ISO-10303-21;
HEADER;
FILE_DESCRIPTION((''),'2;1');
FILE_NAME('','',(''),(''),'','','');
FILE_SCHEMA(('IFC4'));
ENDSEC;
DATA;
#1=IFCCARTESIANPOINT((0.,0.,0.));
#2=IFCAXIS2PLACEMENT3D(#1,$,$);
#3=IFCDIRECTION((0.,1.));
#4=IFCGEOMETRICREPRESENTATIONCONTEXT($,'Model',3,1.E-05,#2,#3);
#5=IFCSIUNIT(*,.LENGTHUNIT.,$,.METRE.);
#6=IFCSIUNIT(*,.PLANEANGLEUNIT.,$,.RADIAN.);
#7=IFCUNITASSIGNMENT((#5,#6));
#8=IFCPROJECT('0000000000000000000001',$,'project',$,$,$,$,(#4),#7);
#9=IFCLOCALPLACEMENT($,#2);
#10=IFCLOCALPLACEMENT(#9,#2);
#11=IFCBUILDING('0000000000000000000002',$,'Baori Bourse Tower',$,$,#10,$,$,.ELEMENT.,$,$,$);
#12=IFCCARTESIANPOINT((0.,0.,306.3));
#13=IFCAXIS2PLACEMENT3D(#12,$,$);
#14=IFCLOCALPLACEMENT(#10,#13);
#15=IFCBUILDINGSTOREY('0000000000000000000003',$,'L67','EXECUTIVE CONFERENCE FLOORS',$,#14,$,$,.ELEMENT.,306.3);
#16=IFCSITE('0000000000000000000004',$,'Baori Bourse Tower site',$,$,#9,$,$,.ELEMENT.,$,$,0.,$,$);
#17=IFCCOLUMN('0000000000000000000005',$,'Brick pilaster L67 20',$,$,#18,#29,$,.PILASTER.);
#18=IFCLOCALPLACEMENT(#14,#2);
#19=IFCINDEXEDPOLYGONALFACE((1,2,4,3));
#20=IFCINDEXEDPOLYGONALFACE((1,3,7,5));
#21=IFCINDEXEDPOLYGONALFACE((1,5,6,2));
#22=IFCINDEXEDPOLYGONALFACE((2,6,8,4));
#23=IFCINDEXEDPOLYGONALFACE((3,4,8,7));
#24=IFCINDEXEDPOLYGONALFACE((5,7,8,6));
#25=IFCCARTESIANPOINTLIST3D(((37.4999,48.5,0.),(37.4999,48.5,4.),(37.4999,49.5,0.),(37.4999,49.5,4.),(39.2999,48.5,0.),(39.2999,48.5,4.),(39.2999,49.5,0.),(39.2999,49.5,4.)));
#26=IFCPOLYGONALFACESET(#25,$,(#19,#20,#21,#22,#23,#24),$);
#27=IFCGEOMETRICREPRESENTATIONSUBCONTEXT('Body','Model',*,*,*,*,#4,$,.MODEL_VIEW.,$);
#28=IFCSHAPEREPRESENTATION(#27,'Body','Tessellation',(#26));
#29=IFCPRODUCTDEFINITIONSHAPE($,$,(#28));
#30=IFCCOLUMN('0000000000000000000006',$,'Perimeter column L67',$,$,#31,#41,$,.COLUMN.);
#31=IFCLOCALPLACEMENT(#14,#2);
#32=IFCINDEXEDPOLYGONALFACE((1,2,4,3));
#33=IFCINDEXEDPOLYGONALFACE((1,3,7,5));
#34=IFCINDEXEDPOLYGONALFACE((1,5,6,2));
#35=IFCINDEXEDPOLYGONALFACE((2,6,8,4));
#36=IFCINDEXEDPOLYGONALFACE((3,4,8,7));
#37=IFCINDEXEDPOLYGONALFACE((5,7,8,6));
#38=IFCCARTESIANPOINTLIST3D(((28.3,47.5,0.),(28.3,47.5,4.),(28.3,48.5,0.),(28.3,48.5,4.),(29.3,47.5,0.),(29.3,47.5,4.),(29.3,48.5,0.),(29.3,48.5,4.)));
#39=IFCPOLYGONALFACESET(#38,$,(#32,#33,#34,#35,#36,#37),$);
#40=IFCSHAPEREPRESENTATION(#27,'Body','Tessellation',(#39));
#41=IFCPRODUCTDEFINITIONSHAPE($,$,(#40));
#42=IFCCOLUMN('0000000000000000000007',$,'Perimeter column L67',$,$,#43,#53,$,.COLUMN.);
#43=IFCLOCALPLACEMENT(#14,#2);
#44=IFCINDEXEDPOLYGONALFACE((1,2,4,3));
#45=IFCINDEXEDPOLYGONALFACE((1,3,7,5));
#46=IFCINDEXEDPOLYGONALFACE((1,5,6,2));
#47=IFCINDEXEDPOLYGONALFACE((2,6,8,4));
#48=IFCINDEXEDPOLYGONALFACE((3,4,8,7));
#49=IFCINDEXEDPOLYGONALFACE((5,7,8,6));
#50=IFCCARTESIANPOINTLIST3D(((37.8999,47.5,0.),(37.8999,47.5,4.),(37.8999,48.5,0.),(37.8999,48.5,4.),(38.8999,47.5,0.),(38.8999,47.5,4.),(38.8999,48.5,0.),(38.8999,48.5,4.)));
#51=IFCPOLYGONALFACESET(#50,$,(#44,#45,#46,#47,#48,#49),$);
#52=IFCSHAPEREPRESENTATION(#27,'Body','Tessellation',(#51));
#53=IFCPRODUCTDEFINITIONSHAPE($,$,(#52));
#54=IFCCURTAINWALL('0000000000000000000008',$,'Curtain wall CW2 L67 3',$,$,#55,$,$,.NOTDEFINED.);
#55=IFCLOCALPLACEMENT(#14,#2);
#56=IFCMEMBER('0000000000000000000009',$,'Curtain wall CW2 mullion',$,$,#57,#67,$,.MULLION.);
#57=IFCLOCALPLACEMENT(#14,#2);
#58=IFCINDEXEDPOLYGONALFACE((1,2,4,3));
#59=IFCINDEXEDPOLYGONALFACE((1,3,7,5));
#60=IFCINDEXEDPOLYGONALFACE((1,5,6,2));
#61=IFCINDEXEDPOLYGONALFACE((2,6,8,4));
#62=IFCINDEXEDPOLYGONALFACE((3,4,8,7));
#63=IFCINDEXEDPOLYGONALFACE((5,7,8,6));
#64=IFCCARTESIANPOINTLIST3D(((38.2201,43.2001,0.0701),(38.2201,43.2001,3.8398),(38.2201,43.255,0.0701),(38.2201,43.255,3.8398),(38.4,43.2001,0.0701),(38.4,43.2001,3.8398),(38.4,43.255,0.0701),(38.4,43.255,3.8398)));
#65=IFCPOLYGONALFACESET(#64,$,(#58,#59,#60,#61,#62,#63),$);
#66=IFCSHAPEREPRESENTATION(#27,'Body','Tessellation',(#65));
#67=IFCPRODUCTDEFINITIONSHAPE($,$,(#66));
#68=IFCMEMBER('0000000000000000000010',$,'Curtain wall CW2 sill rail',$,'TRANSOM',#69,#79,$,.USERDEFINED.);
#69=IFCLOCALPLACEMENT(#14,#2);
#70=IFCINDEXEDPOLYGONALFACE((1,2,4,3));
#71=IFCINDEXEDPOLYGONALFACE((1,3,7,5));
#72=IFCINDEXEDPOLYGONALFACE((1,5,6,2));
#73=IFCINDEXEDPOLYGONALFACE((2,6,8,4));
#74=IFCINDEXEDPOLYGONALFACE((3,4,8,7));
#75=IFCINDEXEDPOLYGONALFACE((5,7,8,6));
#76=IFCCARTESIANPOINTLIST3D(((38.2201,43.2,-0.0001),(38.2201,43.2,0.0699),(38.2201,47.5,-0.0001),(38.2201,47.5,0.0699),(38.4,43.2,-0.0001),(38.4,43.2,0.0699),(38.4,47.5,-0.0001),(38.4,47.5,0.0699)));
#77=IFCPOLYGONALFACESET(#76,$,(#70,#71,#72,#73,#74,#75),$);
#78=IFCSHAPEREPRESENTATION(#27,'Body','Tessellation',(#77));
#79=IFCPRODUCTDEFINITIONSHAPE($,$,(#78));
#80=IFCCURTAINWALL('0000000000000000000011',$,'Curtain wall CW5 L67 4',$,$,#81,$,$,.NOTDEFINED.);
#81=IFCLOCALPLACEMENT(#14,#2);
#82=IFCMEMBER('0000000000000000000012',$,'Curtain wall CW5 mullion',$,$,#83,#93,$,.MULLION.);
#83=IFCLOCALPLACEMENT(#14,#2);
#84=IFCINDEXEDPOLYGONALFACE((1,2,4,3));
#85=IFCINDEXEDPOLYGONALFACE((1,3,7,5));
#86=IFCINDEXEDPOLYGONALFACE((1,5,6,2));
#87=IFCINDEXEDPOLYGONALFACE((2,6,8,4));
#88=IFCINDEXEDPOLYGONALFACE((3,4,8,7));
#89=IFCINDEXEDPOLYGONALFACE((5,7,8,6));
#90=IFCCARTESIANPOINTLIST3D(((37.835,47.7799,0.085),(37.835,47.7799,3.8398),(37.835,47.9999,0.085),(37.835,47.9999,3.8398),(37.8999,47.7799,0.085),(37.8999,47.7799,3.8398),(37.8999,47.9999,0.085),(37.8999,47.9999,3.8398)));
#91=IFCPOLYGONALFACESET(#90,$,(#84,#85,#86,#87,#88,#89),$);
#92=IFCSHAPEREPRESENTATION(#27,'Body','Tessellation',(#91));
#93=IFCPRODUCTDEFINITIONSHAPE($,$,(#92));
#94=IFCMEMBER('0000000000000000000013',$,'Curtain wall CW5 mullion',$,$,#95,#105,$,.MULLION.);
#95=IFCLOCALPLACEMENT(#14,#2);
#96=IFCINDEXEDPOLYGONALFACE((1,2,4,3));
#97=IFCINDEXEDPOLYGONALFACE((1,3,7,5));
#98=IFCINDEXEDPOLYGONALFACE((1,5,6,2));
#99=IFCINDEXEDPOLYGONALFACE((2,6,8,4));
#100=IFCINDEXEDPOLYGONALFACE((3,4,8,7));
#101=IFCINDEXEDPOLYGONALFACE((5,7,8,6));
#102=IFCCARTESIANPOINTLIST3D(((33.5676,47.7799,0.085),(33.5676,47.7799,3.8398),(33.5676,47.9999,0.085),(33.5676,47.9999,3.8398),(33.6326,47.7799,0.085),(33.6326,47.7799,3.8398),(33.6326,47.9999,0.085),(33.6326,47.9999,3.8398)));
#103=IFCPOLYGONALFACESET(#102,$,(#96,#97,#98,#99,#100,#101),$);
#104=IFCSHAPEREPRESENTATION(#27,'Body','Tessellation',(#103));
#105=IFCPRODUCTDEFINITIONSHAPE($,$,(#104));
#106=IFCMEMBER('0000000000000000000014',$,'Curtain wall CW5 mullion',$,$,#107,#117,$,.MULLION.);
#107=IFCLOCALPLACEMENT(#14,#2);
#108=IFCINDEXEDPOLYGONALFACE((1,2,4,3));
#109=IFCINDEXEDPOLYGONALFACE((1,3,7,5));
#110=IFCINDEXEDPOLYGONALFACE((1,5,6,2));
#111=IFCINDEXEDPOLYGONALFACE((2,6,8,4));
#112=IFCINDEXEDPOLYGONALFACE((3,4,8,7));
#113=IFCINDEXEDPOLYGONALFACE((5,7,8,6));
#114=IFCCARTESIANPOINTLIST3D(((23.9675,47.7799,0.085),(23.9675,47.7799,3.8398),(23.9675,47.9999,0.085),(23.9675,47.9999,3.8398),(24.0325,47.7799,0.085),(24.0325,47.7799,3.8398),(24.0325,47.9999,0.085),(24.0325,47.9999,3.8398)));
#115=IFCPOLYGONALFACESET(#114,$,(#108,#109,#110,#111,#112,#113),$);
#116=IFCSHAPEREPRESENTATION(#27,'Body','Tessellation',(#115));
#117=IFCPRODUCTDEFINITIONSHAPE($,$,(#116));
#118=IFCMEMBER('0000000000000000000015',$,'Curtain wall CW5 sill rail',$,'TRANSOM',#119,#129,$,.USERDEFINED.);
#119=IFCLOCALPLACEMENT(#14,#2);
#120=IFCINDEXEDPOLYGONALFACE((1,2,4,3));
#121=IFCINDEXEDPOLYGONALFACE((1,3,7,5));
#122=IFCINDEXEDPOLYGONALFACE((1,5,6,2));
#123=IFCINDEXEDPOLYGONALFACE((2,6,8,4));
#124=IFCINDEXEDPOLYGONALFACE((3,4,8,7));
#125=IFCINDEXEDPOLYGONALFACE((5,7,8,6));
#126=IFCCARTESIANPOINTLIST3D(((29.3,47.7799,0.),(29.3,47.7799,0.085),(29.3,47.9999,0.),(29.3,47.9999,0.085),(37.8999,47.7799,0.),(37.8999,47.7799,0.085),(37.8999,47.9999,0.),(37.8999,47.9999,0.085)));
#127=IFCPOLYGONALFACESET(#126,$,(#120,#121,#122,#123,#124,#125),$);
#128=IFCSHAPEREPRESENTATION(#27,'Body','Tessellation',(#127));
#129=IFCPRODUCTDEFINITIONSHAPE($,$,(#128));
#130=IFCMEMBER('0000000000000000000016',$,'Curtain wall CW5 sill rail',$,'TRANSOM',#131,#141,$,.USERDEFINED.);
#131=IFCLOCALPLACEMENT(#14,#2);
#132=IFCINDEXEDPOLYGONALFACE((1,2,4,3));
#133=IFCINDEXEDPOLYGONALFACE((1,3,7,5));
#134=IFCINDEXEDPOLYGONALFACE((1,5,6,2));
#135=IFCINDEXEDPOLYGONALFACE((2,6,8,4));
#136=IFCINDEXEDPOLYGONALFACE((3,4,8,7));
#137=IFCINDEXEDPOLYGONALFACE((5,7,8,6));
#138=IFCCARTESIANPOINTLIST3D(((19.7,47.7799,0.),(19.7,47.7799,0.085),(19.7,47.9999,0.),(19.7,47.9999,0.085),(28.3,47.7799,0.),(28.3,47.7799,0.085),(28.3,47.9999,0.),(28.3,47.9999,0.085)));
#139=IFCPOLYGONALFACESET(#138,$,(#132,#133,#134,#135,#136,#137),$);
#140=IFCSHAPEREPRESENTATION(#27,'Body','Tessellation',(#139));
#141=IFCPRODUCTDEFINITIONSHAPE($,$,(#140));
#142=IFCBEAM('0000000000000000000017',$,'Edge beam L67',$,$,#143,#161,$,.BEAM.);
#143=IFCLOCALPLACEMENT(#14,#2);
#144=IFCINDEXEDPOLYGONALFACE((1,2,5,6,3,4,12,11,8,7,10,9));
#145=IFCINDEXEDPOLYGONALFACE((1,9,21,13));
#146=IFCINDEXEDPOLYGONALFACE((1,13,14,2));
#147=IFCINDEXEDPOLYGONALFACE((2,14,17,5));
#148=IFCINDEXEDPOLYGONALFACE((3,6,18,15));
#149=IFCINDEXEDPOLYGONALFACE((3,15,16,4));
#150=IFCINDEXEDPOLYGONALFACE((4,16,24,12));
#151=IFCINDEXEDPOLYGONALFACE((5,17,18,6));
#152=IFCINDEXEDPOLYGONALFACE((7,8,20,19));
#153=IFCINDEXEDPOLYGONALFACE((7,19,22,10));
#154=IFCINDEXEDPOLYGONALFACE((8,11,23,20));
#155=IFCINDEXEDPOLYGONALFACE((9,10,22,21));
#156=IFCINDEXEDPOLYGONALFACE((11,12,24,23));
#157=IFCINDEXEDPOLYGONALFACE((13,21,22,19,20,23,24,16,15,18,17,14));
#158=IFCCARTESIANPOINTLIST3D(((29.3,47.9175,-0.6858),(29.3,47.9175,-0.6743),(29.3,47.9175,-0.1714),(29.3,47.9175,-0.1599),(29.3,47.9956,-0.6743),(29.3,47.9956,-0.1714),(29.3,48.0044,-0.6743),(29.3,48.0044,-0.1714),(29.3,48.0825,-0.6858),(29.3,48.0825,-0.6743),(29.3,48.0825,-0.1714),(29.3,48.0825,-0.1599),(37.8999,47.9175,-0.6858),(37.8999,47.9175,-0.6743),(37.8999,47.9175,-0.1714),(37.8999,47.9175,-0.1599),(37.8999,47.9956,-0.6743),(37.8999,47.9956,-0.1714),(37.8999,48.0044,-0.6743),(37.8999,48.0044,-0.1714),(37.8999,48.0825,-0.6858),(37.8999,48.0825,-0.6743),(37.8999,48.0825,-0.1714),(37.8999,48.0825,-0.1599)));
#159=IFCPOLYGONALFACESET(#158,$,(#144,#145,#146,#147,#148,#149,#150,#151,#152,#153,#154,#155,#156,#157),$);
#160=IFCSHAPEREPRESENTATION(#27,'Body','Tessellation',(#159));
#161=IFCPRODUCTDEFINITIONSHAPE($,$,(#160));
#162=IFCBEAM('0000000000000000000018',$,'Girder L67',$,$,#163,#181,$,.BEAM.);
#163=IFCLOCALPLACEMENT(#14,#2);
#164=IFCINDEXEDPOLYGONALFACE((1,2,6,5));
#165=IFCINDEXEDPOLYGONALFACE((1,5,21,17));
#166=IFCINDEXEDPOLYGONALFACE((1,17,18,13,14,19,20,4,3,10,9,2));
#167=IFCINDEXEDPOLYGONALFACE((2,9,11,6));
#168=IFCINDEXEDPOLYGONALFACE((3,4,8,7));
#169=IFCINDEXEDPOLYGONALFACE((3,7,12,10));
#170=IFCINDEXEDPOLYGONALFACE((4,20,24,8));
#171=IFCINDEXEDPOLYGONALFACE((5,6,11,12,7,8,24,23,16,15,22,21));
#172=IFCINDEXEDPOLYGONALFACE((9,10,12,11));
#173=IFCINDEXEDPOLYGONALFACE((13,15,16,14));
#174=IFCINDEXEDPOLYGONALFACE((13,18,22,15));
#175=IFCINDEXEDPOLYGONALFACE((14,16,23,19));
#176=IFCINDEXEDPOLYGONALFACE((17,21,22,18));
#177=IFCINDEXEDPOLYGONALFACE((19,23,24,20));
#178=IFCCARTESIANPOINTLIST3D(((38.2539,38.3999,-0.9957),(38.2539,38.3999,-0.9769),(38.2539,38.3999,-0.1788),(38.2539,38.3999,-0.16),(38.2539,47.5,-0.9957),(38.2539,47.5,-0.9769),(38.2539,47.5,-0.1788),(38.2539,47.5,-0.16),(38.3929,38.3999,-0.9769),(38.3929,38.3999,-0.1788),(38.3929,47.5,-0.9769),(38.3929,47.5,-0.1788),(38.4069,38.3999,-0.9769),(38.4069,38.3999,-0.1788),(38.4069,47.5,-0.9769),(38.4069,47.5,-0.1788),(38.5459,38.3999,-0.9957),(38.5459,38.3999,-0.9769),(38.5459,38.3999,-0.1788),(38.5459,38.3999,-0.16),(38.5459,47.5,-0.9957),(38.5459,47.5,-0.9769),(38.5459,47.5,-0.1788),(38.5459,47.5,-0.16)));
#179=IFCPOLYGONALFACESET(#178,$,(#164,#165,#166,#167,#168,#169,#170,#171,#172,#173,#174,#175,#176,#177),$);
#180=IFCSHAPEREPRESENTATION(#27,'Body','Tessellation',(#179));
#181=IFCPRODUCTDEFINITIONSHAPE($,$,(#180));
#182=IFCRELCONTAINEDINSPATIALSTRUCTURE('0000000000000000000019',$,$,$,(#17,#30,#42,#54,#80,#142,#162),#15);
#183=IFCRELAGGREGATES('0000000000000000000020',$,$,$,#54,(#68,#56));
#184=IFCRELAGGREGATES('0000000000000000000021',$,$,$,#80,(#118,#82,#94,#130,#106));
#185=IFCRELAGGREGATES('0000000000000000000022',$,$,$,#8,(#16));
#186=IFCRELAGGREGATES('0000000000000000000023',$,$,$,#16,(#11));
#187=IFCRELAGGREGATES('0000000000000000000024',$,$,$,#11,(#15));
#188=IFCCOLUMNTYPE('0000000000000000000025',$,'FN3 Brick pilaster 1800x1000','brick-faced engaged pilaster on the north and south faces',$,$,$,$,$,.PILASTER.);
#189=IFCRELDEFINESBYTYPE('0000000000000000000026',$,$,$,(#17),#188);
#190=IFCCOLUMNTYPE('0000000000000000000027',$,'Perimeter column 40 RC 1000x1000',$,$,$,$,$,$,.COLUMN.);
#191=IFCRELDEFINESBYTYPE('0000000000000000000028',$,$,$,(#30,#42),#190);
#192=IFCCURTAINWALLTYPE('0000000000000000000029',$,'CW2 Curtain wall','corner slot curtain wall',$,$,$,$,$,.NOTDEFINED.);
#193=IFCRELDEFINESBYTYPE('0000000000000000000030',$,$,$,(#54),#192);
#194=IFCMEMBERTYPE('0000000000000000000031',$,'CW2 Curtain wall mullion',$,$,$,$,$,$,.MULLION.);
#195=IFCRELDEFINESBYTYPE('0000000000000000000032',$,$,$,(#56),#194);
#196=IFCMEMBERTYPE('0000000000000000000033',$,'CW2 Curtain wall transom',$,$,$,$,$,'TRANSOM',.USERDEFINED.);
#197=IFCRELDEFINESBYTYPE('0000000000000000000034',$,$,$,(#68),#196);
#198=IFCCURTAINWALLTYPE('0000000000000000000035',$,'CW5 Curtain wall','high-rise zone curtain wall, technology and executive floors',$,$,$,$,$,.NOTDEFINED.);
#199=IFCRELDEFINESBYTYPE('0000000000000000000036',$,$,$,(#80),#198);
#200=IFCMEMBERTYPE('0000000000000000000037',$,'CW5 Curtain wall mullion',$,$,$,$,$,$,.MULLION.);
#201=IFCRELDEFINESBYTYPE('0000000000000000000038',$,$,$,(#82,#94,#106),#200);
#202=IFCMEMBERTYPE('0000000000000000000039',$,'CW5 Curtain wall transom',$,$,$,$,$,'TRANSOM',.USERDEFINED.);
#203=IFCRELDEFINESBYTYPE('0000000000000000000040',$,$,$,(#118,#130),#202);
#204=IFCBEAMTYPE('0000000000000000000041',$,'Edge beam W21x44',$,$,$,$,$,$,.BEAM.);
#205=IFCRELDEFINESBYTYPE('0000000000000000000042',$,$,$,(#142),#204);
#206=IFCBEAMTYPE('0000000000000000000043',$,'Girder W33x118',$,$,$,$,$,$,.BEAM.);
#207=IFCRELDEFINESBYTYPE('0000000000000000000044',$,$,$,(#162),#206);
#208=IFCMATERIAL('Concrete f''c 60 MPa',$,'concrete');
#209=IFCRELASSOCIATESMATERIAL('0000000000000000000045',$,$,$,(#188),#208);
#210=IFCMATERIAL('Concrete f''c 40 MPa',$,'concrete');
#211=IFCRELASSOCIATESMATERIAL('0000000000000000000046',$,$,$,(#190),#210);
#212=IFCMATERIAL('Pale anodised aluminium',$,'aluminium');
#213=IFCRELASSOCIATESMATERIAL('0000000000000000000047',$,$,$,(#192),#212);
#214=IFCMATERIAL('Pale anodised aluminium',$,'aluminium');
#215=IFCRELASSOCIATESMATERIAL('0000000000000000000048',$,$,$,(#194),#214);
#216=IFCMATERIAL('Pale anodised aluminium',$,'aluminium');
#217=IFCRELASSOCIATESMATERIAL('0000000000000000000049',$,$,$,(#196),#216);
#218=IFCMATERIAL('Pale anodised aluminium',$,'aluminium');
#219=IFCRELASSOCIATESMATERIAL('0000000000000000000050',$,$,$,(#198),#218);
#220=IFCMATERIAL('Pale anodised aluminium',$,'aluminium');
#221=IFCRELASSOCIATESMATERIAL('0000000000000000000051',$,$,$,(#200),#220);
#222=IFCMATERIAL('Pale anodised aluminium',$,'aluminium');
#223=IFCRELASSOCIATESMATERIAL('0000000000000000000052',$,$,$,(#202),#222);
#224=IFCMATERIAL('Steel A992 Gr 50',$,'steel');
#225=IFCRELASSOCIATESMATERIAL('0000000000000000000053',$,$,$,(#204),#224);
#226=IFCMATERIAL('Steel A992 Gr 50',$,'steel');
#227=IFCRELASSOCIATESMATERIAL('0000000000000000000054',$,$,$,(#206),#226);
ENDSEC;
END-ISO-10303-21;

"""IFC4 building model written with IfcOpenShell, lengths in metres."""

from ifc_helpers import new_model, si_unit, direction, frame, origin, origin_2d, place, context, subcontext, project, spatial, rectangle, i_section, extrude, material, material_profile, profile_set, type_object, element, aggregate, save


model = new_model("IFC4")

# Units and contexts
model_context = context("Model", 3, precision=1e-05, world=origin(), true_north=direction((0.0, 1.0)))
body_context = subcontext(model_context, "Body", "Model", "MODEL_VIEW")
ifc_project = project(units=[si_unit("LENGTHUNIT", "METRE"), si_unit("PLANEANGLEUNIT", "RADIAN")], contexts=[model_context])

# Site, building, storey
site_placement = place(None, origin())
site = spatial("IfcSite", under=ifc_project, at=site_placement, Name="Baori Bourse Tower site", CompositionType="ELEMENT", RefElevation=0.0)
building_placement = place(site_placement, origin())
building = spatial("IfcBuilding", under=site, at=building_placement, Name="Baori Bourse Tower", CompositionType="ELEMENT")
storey_placement = place(building_placement, frame((0.0, 0.0, 306.3)))
storey = spatial("IfcBuildingStorey", under=building, at=storey_placement, Name="L67", Description="EXECUTIVE CONFERENCE FLOORS", CompositionType="ELEMENT", Elevation=306.3)

# Columns
ifc_material_1 = material(Name="Concrete f'c 60 MPa", Category="concrete")
ifc_material_profile_1 = material_profile(ifc_material_1, rectangle(XDim=1.8, YDim=1.0, at=origin_2d()), Name="RC 1800x1000")
ifc_profile_set_1 = profile_set([ifc_material_profile_1], Name="Concrete f'c 60 MPa")
column_type_1 = type_object("IfcColumnType", Name="FN3 Brick pilaster 1800x1000", Description="brick-faced engaged pilaster on the north and south faces", PredefinedType="PILASTER", material=ifc_profile_set_1)
column_placement = place(storey_placement, frame((38.3999, 49.0, 0.0), z_axis=(0.0, 0.0, 1.0), x_axis=(1.0, 0.0, 0.0)))
element("IfcColumn", 1, at=column_placement, inside=storey, type_object=column_type_1, Name="Brick pilaster L67 20", PredefinedType="PILASTER", context=body_context, shape_type="SweptSolid", body=[
    extrude(rectangle(XDim=1.8, YDim=1.0, at=origin_2d()), origin(), (0.0, 0.0, 1.0), 4.0),
])
ifc_material_2 = material(Name="Concrete f'c 40 MPa", Category="concrete")
ifc_material_profile_2 = material_profile(ifc_material_2, rectangle(XDim=1.0, YDim=1.0, at=origin_2d()), Name="RC 1000x1000")
ifc_profile_set_2 = profile_set([ifc_material_profile_2], Name="Concrete f'c 40 MPa")
column_type_2 = type_object("IfcColumnType", Name="Perimeter column 40 RC 1000x1000", PredefinedType="COLUMN", material=ifc_profile_set_2)
for number, where, z_axis, x_axis, name in (
    (2, (28.8, 48.0, 0.0), (0.0, 0.0, 1.0), (1.0, 0.0, 0.0), "Perimeter column L67"),
    (3, (38.3999, 48.0, 0.0), (0.0, 0.0, 1.0), (1.0, 0.0, 0.0), "Perimeter column L67"),
):
    element("IfcColumn", number, at=place(storey_placement, frame(where, z_axis=z_axis, x_axis=x_axis)), inside=storey, type_object=column_type_2, Name=name, PredefinedType="COLUMN", context=body_context, shape_type="SweptSolid", body=[
        extrude(rectangle(XDim=1.0, YDim=1.0, at=origin_2d()), origin(), (0.0, 0.0, 1.0), 4.0),
    ])

# Curtain walls, members
ifc_material_3 = material(Name="Pale anodised aluminium", Category="aluminium")
curtain_wall_type_1 = type_object("IfcCurtainWallType", Name="CW2 Curtain wall", Description="corner slot curtain wall", PredefinedType="NOTDEFINED", material=ifc_material_3)
curtain_wall_1_placement = place(storey_placement, origin())
curtain_wall_1 = element("IfcCurtainWall", 4, at=curtain_wall_1_placement, inside=storey, type_object=curtain_wall_type_1, Name="Curtain wall CW2 L67 3", PredefinedType="NOTDEFINED")
ifc_material_4 = material(Name="Pale anodised aluminium", Category="aluminium")
ifc_material_profile_3 = material_profile(ifc_material_4, rectangle(XDim=0.1799, YDim=0.0549, at=origin_2d()), Name="Mullion 55x180")
ifc_profile_set_3 = profile_set([ifc_material_profile_3], Name="Pale anodised aluminium")
member_type_1 = type_object("IfcMemberType", Name="CW2 Curtain wall mullion", PredefinedType="MULLION", material=ifc_profile_set_3)
member_1_placement = place(storey_placement, frame((38.3101, 43.2275, 0.0701), z_axis=(0.0, 0.0, 1.0), x_axis=(-1.0, 0.0, 0.0)))
member_1 = element("IfcMember", 5, at=member_1_placement, type_object=member_type_1, Name="Curtain wall CW2 mullion", PredefinedType="MULLION", context=body_context, shape_type="SweptSolid", body=[
    extrude(rectangle(XDim=0.1799, YDim=0.0549, at=origin_2d()), origin(), (0.0, 0.0, 1.0), 3.7698),
])
ifc_material_5 = material(Name="Pale anodised aluminium", Category="aluminium")
ifc_material_profile_4 = material_profile(ifc_material_5, rectangle(XDim=0.1799, YDim=0.0701, at=origin_2d()), Name="Transom 70x180")
ifc_profile_set_4 = profile_set([ifc_material_profile_4], Name="Pale anodised aluminium")
member_type_2 = type_object("IfcMemberType", Name="CW2 Curtain wall transom", ElementType="TRANSOM", PredefinedType="USERDEFINED", material=ifc_profile_set_4)
member_2_placement = place(storey_placement, frame((38.3101, 43.2, 0.0349), z_axis=(0.0, 1.0, 0.0), x_axis=(-1.0, 0.0, 0.0)))
member_2 = element("IfcMember", 6, at=member_2_placement, type_object=member_type_2, Name="Curtain wall CW2 sill rail", ObjectType="TRANSOM", PredefinedType="USERDEFINED", context=body_context, shape_type="SweptSolid", body=[
    extrude(rectangle(XDim=0.1799, YDim=0.0701, at=origin_2d()), origin(), (0.0, 0.0, 1.0), 4.3),
])
ifc_material_6 = material(Name="Pale anodised aluminium", Category="aluminium")
curtain_wall_type_2 = type_object("IfcCurtainWallType", Name="CW5 Curtain wall", Description="high-rise zone curtain wall, technology and executive floors", PredefinedType="NOTDEFINED", material=ifc_material_6)
curtain_wall_2_placement = place(storey_placement, origin())
curtain_wall_2 = element("IfcCurtainWall", 7, at=curtain_wall_2_placement, inside=storey, type_object=curtain_wall_type_2, Name="Curtain wall CW5 L67 4", PredefinedType="NOTDEFINED")
ifc_material_7 = material(Name="Pale anodised aluminium", Category="aluminium")
ifc_material_profile_5 = material_profile(ifc_material_7, rectangle(XDim=0.22, YDim=0.0649, at=origin_2d()), Name="Mullion 65x220")
ifc_profile_set_5 = profile_set([ifc_material_profile_5], Name="Pale anodised aluminium")
member_type_3 = type_object("IfcMemberType", Name="CW5 Curtain wall mullion", PredefinedType="MULLION", material=ifc_profile_set_5)
member_3_placement = place(storey_placement, frame((37.8674, 47.8899, 0.085), z_axis=(0.0, 0.0, 1.0), x_axis=(0.0, -1.0, 0.0)))
member_3 = element("IfcMember", 8, at=member_3_placement, type_object=member_type_3, Name="Curtain wall CW5 mullion", PredefinedType="MULLION", context=body_context, shape_type="SweptSolid", body=[
    extrude(rectangle(XDim=0.22, YDim=0.0649, at=origin_2d()), origin(), (0.0, 0.0, 1.0), 3.7549),
])
member_4_placement = place(storey_placement, frame((33.6001, 47.8899, 0.085), z_axis=(0.0, 0.0, 1.0), x_axis=(0.0, -1.0, 0.0)))
member_4 = element("IfcMember", 9, at=member_4_placement, type_object=member_type_3, Name="Curtain wall CW5 mullion", PredefinedType="MULLION", context=body_context, shape_type="SweptSolid", body=[
    extrude(rectangle(XDim=0.22, YDim=0.0649, at=origin_2d()), origin(), (0.0, 0.0, 1.0), 3.7549),
])
member_5_placement = place(storey_placement, frame((24.0, 47.8899, 0.085), z_axis=(0.0, 0.0, 1.0), x_axis=(0.0, -1.0, 0.0)))
member_5 = element("IfcMember", 10, at=member_5_placement, type_object=member_type_3, Name="Curtain wall CW5 mullion", PredefinedType="MULLION", context=body_context, shape_type="SweptSolid", body=[
    extrude(rectangle(XDim=0.22, YDim=0.0649, at=origin_2d()), origin(), (0.0, 0.0, 1.0), 3.7549),
])
ifc_material_8 = material(Name="Pale anodised aluminium", Category="aluminium")
ifc_material_profile_6 = material_profile(ifc_material_8, rectangle(XDim=0.22, YDim=0.085, at=origin_2d()), Name="Transom 85x220")
ifc_profile_set_6 = profile_set([ifc_material_profile_6], Name="Pale anodised aluminium")
member_type_4 = type_object("IfcMemberType", Name="CW5 Curtain wall transom", ElementType="TRANSOM", PredefinedType="USERDEFINED", material=ifc_profile_set_6)
member_6_placement = place(storey_placement, frame((37.8999, 47.8899, 0.0425), z_axis=(-1.0, 0.0, 0.0), x_axis=(0.0, -1.0, 0.0)))
member_6 = element("IfcMember", 11, at=member_6_placement, type_object=member_type_4, Name="Curtain wall CW5 sill rail", ObjectType="TRANSOM", PredefinedType="USERDEFINED", context=body_context, shape_type="SweptSolid", body=[
    extrude(rectangle(XDim=0.22, YDim=0.085, at=origin_2d()), origin(), (0.0, 0.0, 1.0), 8.5999),
])
member_7_placement = place(storey_placement, frame((28.3, 47.8899, 0.0425), z_axis=(-1.0, 0.0, 0.0), x_axis=(0.0, -1.0, 0.0)))
member_7 = element("IfcMember", 12, at=member_7_placement, type_object=member_type_4, Name="Curtain wall CW5 sill rail", ObjectType="TRANSOM", PredefinedType="USERDEFINED", context=body_context, shape_type="SweptSolid", body=[
    extrude(rectangle(XDim=0.22, YDim=0.085, at=origin_2d()), origin(), (0.0, 0.0, 1.0), 8.6001),
])

# Beams
ifc_material_9 = material(Name="Steel A992 Gr 50", Category="steel")
ifc_material_profile_7 = material_profile(ifc_material_9, i_section(OverallWidth=0.165, OverallDepth=0.5259, WebThickness=0.0088, FlangeThickness=0.0115, at=origin_2d()), Name="W21x44")
ifc_profile_set_7 = profile_set([ifc_material_profile_7], Name="Steel A992 Gr 50")
beam_type_1 = type_object("IfcBeamType", Name="Edge beam W21x44", PredefinedType="BEAM", material=ifc_profile_set_7)
beam_1_placement = place(storey_placement, frame((29.3, 48.0, -0.4229), z_axis=(1.0, 0.0, 0.0), x_axis=(0.0, 1.0, 0.0)))
element("IfcBeam", 13, at=beam_1_placement, inside=storey, type_object=beam_type_1, Name="Edge beam L67", PredefinedType="BEAM", context=body_context, shape_type="SweptSolid", body=[
    extrude(i_section(OverallWidth=0.165, OverallDepth=0.5259, WebThickness=0.0088, FlangeThickness=0.0115, at=origin_2d()), origin(), (0.0, 0.0, 1.0), 8.5999),
])
ifc_material_10 = material(Name="Steel A992 Gr 50", Category="steel")
ifc_material_profile_8 = material_profile(ifc_material_10, i_section(OverallWidth=0.292, OverallDepth=0.8357, WebThickness=0.0139, FlangeThickness=0.0188, at=origin_2d()), Name="W33x118")
ifc_profile_set_8 = profile_set([ifc_material_profile_8], Name="Steel A992 Gr 50")
beam_type_2 = type_object("IfcBeamType", Name="Girder W33x118", PredefinedType="BEAM", material=ifc_profile_set_8)
beam_2_placement = place(storey_placement, frame((38.3999, 38.3999, -0.5779), z_axis=(0.0, 1.0, 0.0), x_axis=(-1.0, 0.0, 0.0)))
element("IfcBeam", 14, at=beam_2_placement, inside=storey, type_object=beam_type_2, Name="Girder L67", PredefinedType="BEAM", context=body_context, shape_type="SweptSolid", body=[
    extrude(i_section(OverallWidth=0.292, OverallDepth=0.8357, WebThickness=0.0139, FlangeThickness=0.0188, at=origin_2d()), origin(), (0.0, 0.0, 1.0), 9.1001),
])

aggregate(curtain_wall_1, [member_2, member_1])
aggregate(curtain_wall_2, [member_6, member_3, member_4, member_7, member_5])

save(model, "model.ifc")
